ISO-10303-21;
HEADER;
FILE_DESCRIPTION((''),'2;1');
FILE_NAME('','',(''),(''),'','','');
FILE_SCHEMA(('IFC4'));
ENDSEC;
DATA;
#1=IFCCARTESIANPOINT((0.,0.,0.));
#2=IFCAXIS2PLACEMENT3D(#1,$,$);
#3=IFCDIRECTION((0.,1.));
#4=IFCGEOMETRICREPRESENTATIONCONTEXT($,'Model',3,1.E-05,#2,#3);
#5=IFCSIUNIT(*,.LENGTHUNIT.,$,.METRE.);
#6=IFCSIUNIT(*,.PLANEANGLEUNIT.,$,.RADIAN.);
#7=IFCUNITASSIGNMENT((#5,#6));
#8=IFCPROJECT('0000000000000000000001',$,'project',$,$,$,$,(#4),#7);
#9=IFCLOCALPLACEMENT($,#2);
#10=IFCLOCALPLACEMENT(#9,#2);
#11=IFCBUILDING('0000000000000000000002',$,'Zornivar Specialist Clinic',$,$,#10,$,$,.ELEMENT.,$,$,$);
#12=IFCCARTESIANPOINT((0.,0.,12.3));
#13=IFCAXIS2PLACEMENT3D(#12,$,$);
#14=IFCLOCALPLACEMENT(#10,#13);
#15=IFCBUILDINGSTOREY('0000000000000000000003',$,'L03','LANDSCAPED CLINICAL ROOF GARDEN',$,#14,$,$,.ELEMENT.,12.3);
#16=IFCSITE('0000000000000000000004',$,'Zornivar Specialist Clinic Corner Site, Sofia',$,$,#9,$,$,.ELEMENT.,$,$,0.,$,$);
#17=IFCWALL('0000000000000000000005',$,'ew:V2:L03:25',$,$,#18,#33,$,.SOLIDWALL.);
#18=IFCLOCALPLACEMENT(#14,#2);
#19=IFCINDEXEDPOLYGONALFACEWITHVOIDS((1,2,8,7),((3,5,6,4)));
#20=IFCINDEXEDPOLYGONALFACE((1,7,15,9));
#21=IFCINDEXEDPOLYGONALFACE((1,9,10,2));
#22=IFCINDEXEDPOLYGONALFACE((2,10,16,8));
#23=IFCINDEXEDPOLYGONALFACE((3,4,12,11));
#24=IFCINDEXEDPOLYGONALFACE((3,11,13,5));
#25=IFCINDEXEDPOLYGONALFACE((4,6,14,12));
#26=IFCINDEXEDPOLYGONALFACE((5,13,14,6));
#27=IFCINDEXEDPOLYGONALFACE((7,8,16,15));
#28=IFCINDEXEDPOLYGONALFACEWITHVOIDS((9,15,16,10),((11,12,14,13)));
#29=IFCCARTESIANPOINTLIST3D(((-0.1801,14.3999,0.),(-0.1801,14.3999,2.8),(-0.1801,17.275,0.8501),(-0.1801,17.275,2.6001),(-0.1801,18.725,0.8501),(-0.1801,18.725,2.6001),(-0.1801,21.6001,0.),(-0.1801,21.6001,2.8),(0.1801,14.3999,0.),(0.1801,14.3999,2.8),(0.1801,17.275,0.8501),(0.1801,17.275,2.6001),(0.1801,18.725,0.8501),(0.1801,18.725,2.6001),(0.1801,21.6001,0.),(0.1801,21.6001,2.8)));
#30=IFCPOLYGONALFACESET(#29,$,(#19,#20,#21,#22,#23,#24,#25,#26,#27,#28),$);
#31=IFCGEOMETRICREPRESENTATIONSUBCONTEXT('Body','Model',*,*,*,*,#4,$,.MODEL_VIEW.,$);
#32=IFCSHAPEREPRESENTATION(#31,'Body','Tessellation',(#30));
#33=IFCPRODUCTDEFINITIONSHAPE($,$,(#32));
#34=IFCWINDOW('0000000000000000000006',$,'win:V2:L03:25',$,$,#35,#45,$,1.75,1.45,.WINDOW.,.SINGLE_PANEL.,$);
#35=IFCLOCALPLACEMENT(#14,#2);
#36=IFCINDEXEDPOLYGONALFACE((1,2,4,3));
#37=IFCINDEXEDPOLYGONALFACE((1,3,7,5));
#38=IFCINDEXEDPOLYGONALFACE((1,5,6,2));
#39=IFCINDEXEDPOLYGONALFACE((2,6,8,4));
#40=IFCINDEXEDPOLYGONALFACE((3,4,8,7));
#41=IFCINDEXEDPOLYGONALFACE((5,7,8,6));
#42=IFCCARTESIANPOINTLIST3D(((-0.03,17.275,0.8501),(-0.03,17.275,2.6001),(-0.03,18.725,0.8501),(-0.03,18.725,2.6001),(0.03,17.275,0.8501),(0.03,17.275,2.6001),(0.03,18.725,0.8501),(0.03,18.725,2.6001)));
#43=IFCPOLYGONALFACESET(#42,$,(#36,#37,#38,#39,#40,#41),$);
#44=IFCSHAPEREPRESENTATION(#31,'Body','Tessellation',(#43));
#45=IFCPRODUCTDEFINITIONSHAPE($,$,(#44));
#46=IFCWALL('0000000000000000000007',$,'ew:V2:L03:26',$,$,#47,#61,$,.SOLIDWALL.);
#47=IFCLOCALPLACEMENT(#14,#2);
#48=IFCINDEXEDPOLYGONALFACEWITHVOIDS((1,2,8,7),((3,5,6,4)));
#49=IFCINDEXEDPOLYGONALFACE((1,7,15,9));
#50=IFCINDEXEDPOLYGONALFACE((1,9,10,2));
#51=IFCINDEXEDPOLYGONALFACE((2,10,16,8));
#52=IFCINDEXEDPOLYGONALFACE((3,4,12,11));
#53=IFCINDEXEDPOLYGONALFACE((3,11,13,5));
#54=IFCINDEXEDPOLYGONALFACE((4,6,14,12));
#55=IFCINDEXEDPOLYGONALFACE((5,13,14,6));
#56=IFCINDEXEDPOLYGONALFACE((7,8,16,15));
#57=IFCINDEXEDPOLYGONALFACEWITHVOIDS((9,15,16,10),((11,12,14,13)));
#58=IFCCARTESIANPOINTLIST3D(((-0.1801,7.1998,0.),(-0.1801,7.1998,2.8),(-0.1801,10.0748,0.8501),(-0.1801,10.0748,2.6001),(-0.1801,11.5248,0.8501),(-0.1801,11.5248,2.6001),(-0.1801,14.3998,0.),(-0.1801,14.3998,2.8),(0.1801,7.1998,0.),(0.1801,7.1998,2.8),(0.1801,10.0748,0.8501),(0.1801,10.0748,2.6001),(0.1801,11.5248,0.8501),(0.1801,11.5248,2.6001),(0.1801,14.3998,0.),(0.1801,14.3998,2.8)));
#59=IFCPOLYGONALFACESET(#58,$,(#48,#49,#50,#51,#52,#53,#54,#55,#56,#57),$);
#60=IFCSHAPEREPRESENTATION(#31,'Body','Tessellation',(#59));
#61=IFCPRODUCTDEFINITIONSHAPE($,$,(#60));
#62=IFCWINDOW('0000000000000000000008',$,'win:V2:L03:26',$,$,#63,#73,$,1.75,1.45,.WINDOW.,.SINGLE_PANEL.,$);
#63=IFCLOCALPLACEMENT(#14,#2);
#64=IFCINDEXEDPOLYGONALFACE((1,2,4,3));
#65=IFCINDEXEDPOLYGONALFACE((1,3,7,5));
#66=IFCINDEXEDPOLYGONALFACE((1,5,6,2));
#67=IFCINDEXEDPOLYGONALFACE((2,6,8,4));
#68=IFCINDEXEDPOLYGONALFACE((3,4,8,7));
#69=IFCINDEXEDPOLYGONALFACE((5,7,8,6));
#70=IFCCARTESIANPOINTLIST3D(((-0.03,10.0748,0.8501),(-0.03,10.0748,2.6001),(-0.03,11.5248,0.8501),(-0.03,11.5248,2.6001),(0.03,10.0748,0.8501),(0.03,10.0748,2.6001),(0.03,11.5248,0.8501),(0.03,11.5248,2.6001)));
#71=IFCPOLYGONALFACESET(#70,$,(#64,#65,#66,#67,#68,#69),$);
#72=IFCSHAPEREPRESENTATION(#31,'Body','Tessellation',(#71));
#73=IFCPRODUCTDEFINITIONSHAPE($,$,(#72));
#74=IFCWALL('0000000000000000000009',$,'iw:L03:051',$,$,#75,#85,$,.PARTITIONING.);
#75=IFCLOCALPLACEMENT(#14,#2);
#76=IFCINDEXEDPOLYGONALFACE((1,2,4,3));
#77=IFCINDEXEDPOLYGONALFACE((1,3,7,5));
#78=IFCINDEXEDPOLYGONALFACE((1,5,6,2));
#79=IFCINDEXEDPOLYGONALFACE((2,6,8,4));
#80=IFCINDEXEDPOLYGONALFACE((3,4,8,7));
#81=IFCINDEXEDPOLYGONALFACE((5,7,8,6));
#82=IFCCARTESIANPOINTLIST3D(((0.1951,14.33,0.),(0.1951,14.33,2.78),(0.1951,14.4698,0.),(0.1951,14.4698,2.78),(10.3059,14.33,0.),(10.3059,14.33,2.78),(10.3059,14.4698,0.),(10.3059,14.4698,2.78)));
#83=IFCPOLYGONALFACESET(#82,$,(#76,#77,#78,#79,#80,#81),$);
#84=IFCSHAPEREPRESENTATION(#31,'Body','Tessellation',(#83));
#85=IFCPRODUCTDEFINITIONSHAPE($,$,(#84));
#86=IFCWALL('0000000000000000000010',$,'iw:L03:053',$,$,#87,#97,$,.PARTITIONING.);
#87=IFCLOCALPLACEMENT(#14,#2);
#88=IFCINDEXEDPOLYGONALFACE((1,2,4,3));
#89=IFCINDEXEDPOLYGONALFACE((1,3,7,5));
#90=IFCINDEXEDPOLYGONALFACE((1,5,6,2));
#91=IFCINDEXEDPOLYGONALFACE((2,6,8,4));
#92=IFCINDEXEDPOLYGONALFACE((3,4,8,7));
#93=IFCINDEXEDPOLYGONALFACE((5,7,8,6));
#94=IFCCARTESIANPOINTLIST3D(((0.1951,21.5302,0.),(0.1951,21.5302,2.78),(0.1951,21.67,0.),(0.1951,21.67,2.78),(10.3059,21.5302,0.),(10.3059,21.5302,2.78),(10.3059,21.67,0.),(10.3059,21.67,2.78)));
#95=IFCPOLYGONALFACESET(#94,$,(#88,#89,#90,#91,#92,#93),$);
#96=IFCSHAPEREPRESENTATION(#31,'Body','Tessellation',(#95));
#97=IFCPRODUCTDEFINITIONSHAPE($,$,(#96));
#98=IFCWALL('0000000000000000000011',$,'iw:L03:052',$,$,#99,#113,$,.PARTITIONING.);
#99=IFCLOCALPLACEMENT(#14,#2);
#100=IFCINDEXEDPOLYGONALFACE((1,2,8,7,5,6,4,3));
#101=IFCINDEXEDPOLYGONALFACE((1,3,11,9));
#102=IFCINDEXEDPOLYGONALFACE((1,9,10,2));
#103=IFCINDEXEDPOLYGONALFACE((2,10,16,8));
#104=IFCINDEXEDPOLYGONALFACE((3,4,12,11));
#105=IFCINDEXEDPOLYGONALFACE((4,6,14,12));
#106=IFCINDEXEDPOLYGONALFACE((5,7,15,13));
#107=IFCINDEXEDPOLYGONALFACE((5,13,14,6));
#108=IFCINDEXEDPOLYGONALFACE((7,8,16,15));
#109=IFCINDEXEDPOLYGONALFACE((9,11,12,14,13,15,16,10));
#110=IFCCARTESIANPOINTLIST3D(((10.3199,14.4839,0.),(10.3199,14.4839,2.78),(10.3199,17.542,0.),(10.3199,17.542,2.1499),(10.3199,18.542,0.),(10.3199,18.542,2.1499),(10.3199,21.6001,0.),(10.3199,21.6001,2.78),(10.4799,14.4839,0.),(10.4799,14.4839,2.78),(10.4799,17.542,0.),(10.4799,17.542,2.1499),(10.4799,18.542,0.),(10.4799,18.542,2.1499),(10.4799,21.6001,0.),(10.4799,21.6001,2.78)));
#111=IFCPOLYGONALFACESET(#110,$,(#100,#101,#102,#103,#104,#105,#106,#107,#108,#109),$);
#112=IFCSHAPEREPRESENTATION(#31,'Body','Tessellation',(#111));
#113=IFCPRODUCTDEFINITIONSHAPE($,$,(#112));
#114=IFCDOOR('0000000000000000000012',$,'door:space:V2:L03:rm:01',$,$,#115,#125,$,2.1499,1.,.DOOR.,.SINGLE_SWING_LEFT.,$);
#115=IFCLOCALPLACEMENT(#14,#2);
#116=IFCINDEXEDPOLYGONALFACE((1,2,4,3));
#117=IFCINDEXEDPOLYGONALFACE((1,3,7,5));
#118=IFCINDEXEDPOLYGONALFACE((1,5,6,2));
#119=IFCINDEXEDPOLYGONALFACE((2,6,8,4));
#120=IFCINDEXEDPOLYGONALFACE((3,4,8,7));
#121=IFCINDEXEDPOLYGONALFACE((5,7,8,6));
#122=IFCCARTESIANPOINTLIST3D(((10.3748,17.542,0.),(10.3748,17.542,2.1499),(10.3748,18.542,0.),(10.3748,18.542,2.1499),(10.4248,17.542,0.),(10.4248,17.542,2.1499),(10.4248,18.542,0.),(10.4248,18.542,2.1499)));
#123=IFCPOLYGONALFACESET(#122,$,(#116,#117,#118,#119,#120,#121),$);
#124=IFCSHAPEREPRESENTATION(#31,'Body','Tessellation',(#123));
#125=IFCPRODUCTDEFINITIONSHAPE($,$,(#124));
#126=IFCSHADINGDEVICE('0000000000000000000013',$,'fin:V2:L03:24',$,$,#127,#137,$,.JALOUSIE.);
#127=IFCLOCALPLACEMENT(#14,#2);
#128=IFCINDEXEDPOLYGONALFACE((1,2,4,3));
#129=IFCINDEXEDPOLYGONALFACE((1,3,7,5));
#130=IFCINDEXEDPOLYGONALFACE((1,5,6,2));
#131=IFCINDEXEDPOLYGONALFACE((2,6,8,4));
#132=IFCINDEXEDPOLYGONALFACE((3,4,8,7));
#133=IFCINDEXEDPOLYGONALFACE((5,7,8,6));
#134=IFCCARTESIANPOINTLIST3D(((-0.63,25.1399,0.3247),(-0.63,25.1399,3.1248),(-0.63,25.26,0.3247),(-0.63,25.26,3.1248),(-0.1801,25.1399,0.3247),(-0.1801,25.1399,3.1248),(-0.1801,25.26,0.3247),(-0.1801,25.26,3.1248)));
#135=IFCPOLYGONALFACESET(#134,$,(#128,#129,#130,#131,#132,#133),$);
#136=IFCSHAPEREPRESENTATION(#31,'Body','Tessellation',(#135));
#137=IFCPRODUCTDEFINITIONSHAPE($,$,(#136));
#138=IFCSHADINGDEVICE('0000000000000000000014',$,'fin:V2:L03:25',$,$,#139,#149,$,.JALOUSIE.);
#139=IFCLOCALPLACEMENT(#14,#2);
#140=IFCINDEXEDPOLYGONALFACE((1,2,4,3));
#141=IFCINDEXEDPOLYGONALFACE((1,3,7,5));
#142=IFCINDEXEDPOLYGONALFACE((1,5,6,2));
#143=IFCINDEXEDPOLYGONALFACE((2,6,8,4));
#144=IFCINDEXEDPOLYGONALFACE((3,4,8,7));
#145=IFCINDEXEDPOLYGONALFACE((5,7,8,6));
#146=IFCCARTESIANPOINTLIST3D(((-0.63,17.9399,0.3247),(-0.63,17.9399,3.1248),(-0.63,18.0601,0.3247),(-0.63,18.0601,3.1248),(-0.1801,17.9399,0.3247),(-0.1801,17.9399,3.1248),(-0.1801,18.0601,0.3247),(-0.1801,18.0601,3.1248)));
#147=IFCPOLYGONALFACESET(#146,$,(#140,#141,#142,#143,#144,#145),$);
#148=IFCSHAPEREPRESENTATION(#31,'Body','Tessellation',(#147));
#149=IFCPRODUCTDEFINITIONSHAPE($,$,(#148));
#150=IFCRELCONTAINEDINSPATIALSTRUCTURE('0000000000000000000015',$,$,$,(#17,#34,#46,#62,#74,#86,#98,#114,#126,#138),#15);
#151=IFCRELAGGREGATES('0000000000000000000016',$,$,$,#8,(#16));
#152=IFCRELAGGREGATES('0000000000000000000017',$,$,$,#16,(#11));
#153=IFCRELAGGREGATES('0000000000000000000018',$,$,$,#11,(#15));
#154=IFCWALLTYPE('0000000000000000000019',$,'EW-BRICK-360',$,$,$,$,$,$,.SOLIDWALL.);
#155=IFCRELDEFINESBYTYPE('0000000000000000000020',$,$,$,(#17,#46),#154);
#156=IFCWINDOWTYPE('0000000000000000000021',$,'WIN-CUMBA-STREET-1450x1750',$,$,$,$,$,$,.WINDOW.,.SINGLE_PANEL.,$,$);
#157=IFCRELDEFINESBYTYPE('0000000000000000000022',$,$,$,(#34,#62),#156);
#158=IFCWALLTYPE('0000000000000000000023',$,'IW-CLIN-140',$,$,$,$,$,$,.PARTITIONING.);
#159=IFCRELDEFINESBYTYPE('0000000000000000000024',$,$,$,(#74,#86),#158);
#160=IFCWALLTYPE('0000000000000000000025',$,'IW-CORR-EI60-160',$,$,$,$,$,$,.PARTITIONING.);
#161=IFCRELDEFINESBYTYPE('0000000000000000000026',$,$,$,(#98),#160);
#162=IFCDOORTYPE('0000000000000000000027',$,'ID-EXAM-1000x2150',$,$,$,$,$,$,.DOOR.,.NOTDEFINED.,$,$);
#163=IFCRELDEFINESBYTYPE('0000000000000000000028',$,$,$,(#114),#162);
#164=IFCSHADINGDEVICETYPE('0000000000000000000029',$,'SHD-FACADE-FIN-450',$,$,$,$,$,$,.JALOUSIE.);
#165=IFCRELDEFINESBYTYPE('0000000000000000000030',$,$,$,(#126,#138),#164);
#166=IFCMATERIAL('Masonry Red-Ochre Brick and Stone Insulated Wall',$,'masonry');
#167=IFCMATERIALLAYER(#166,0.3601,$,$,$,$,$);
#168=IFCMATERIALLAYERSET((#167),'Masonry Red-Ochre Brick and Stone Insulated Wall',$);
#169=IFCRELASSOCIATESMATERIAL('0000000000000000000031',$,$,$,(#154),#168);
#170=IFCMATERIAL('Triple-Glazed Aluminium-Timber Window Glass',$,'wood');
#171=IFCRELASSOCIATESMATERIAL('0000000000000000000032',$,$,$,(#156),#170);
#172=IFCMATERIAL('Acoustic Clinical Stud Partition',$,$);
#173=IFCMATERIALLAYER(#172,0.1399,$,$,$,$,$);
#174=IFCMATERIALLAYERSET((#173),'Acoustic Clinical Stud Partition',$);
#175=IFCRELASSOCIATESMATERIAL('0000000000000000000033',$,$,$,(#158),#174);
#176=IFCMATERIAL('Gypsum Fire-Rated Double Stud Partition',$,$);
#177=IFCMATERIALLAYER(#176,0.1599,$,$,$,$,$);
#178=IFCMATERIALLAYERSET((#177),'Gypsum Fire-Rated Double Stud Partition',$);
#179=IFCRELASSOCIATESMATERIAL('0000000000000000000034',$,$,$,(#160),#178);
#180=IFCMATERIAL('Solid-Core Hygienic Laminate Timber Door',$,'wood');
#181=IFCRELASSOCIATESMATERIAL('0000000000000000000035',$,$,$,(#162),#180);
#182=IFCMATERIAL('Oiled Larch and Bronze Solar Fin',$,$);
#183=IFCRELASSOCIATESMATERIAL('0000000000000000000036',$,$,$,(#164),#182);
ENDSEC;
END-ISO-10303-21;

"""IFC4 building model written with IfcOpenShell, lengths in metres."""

from ifc_helpers import new_model, si_unit, direction, frame, frame_2d, origin, origin_2d, place, context, subcontext, project, spatial, rectangle, extrude, material, layer, layer_set, type_object, element, fill, save


model = new_model("IFC4")

# Units and contexts
model_context = context("Model", 3, precision=1e-05, world=origin(), true_north=direction((0.0, 1.0)))
body_context = subcontext(model_context, "Body", "Model", "MODEL_VIEW")
ifc_project = project(units=[si_unit("LENGTHUNIT", "METRE"), si_unit("PLANEANGLEUNIT", "RADIAN")], contexts=[model_context])

# Site, building, storey
site_placement = place(None, origin())
site = spatial("IfcSite", under=ifc_project, at=site_placement, Name="Zornivar Specialist Clinic Corner Site, Sofia", CompositionType="ELEMENT", RefElevation=0.0)
building_placement = place(site_placement, origin())
building = spatial("IfcBuilding", under=site, at=building_placement, Name="Zornivar Specialist Clinic", CompositionType="ELEMENT")
storey_placement = place(building_placement, frame((0.0, 0.0, 12.3)))
storey = spatial("IfcBuildingStorey", under=building, at=storey_placement, Name="L03", Description="LANDSCAPED CLINICAL ROOF GARDEN", CompositionType="ELEMENT", Elevation=12.3)

# Walls, openings, windows
ifc_material_1 = material(Name="Masonry Red-Ochre Brick and Stone Insulated Wall", Category="masonry")
ifc_layer_1 = layer(ifc_material_1, 0.3601)
ifc_layer_set_1 = layer_set([ifc_layer_1], Name="Masonry Red-Ochre Brick and Stone Insulated Wall")
wall_type_1 = type_object("IfcWallType", Name="EW-BRICK-360", PredefinedType="SOLIDWALL", material=ifc_layer_set_1)
ifc_material_2 = material(Name="Triple-Glazed Aluminium-Timber Window Glass", Category="wood")
window_type = type_object("IfcWindowType", Name="WIN-CUMBA-STREET-1450x1750", PartitioningType="SINGLE_PANEL", PredefinedType="WINDOW", material=ifc_material_2)
wall_1_placement = place(storey_placement, frame((0.0, 21.6001, 0.0), z_axis=(0.0, 0.0, 1.0), x_axis=(0.0, -1.0, 0.0)))
wall_1 = element("IfcWall", 1, at=wall_1_placement, inside=storey, type_object=wall_type_1, Name="ew:V2:L03:25", PredefinedType="SOLIDWALL", context=body_context, shape_type="SweptSolid", body=[
    extrude(rectangle(XDim=7.2002, YDim=0.3601, at=frame_2d((3.6001, 0.0))), origin(), (0.0, 0.0, 1.0), 2.8),
])
opening_1_placement = place(wall_1_placement, frame((2.875, 0.0, 0.8501)))
opening_1 = element("IfcOpeningElement", 2, at=opening_1_placement, cuts=wall_1, PredefinedType="OPENING", context=body_context, shape_type="SweptSolid", body=[
    extrude(rectangle(XDim=1.45, YDim=1.75, at=frame_2d((0.7251, 0.875))), frame((0.0, 0.1899, 0.0), z_axis=(0.0, -1.0, 0.0), x_axis=(1.0, 0.0, 0.0)), (0.0, 0.0, 1.0), 0.3801),
])
window_1_placement = place(opening_1_placement, origin())
window_1 = element("IfcWindow", 3, at=window_1_placement, inside=storey, type_object=window_type, Name="win:V2:L03:25", OverallHeight=1.75, OverallWidth=1.45, PartitioningType="SINGLE_PANEL", PredefinedType="WINDOW", context=body_context, shape_type="SweptSolid", body=[
    extrude(rectangle(XDim=1.45, YDim=1.75, at=frame_2d((0.7251, 0.875))), frame((0.0, 0.03, 0.0), z_axis=(0.0, -1.0, 0.0), x_axis=(1.0, 0.0, 0.0)), (0.0, 0.0, 1.0), 0.0601),
])
fill(opening_1, window_1)
wall_2_placement = place(storey_placement, frame((0.0, 14.3999, 0.0), z_axis=(0.0, 0.0, 1.0), x_axis=(0.0, -1.0, 0.0)))
wall_2 = element("IfcWall", 4, at=wall_2_placement, inside=storey, type_object=wall_type_1, Name="ew:V2:L03:26", PredefinedType="SOLIDWALL", context=body_context, shape_type="SweptSolid", body=[
    extrude(rectangle(XDim=7.2, YDim=0.3601, at=frame_2d((3.6001, 0.0))), origin(), (0.0, 0.0, 1.0), 2.8),
])
opening_2_placement = place(wall_2_placement, frame((2.875, 0.0, 0.8501)))
opening_2 = element("IfcOpeningElement", 5, at=opening_2_placement, cuts=wall_2, PredefinedType="OPENING", context=body_context, shape_type="SweptSolid", body=[
    extrude(rectangle(XDim=1.45, YDim=1.75, at=frame_2d((0.7251, 0.875))), frame((0.0, 0.1899, 0.0), z_axis=(0.0, -1.0, 0.0), x_axis=(1.0, 0.0, 0.0)), (0.0, 0.0, 1.0), 0.3801),
])
window_2_placement = place(opening_2_placement, origin())
window_2 = element("IfcWindow", 6, at=window_2_placement, inside=storey, type_object=window_type, Name="win:V2:L03:26", OverallHeight=1.75, OverallWidth=1.45, PartitioningType="SINGLE_PANEL", PredefinedType="WINDOW", context=body_context, shape_type="SweptSolid", body=[
    extrude(rectangle(XDim=1.45, YDim=1.75, at=frame_2d((0.7251, 0.875))), frame((0.0, 0.03, 0.0), z_axis=(0.0, -1.0, 0.0), x_axis=(1.0, 0.0, 0.0)), (0.0, 0.0, 1.0), 0.0601),
])
fill(opening_2, window_2)

# Walls
ifc_material_3 = material(Name="Acoustic Clinical Stud Partition")
ifc_layer_2 = layer(ifc_material_3, 0.1399)
ifc_layer_set_2 = layer_set([ifc_layer_2], Name="Acoustic Clinical Stud Partition")
wall_type_2 = type_object("IfcWallType", Name="IW-CLIN-140", PredefinedType="PARTITIONING", material=ifc_layer_set_2)
for number, where, z_axis, x_axis, name in (
    (7, (0.1951, 14.3999, 0.0), (0.0, 0.0, 1.0), (1.0, 0.0, 0.0), "iw:L03:051"),
    (8, (0.1951, 21.6001, 0.0), (0.0, 0.0, 1.0), (1.0, 0.0, 0.0), "iw:L03:053"),
):
    element("IfcWall", number, at=place(storey_placement, frame(where, z_axis=z_axis, x_axis=x_axis)), inside=storey, type_object=wall_type_2, Name=name, PredefinedType="PARTITIONING", context=body_context, shape_type="SweptSolid", body=[
        extrude(rectangle(XDim=10.1108, YDim=0.1399, at=frame_2d((5.0554, 0.0))), origin(), (0.0, 0.0, 1.0), 2.78),
    ])

# Wall, opening, door
ifc_material_4 = material(Name="Gypsum Fire-Rated Double Stud Partition")
ifc_layer_3 = layer(ifc_material_4, 0.1599)
ifc_layer_set_3 = layer_set([ifc_layer_3], Name="Gypsum Fire-Rated Double Stud Partition")
wall_type_3 = type_object("IfcWallType", Name="IW-CORR-EI60-160", PredefinedType="PARTITIONING", material=ifc_layer_set_3)
wall_3_placement = place(storey_placement, frame((10.3999, 21.6001, 0.0), z_axis=(0.0, 0.0, 1.0), x_axis=(0.0, -1.0, 0.0)))
wall_3 = element("IfcWall", 9, at=wall_3_placement, inside=storey, type_object=wall_type_3, Name="iw:L03:052", PredefinedType="PARTITIONING", context=body_context, shape_type="SweptSolid", body=[
    extrude(rectangle(XDim=7.1162, YDim=0.1599, at=frame_2d((3.5581, 0.0))), origin(), (0.0, 0.0, 1.0), 2.78),
])
opening_3_placement = place(wall_3_placement, frame((3.0581, 0.0, 0.0)))
opening_3 = element("IfcOpeningElement", 10, at=opening_3_placement, cuts=wall_3, PredefinedType="OPENING", context=body_context, shape_type="SweptSolid", body=[
    extrude(rectangle(XDim=1.0, YDim=2.1499, at=frame_2d((0.5, 1.075))), frame((0.0, 0.0898, 0.0), z_axis=(0.0, -1.0, 0.0), x_axis=(1.0, 0.0, 0.0)), (0.0, 0.0, 1.0), 0.1799),
])
ifc_material_5 = material(Name="Solid-Core Hygienic Laminate Timber Door", Category="wood")
door_type_1 = type_object("IfcDoorType", Name="ID-EXAM-1000x2150", OperationType="NOTDEFINED", PredefinedType="DOOR", material=ifc_material_5)
door_1_placement = place(opening_3_placement, origin())
door_1 = element("IfcDoor", 11, at=door_1_placement, inside=storey, type_object=door_type_1, Name="door:space:V2:L03:rm:01", OperationType="SINGLE_SWING_LEFT", OverallHeight=2.1499, OverallWidth=1.0, PredefinedType="DOOR", context=body_context, shape_type="SweptSolid", body=[
    extrude(rectangle(XDim=1.0, YDim=2.1499, at=frame_2d((0.5, 1.075))), frame((0.0, 0.0249, 0.0), z_axis=(0.0, -1.0, 0.0), x_axis=(1.0, 0.0, 0.0)), (0.0, 0.0, 1.0), 0.05),
])
fill(opening_3, door_1)

# Shading devices
ifc_material_6 = material(Name="Oiled Larch and Bronze Solar Fin")
shading_device_type = type_object("IfcShadingDeviceType", Name="SHD-FACADE-FIN-450", PredefinedType="JALOUSIE", material=ifc_material_6)
for number, where, z_axis, x_axis, name in (
    (12, (-0.405, 25.2, 0.3247), (0.0, 0.0, 1.0), (0.0, -1.0, 0.0), "fin:V2:L03:24"),
    (13, (-0.405, 18.0, 0.3247), (0.0, 0.0, 1.0), (0.0, -1.0, 0.0), "fin:V2:L03:25"),
):
    element("IfcShadingDevice", number, at=place(storey_placement, frame(where, z_axis=z_axis, x_axis=x_axis)), inside=storey, type_object=shading_device_type, Name=name, PredefinedType="JALOUSIE", context=body_context, shape_type="SweptSolid", body=[
        extrude(rectangle(XDim=0.1201, YDim=0.45, at=origin_2d()), origin(), (0.0, 0.0, 1.0), 2.8),
    ])

save(model, "model.ifc")
